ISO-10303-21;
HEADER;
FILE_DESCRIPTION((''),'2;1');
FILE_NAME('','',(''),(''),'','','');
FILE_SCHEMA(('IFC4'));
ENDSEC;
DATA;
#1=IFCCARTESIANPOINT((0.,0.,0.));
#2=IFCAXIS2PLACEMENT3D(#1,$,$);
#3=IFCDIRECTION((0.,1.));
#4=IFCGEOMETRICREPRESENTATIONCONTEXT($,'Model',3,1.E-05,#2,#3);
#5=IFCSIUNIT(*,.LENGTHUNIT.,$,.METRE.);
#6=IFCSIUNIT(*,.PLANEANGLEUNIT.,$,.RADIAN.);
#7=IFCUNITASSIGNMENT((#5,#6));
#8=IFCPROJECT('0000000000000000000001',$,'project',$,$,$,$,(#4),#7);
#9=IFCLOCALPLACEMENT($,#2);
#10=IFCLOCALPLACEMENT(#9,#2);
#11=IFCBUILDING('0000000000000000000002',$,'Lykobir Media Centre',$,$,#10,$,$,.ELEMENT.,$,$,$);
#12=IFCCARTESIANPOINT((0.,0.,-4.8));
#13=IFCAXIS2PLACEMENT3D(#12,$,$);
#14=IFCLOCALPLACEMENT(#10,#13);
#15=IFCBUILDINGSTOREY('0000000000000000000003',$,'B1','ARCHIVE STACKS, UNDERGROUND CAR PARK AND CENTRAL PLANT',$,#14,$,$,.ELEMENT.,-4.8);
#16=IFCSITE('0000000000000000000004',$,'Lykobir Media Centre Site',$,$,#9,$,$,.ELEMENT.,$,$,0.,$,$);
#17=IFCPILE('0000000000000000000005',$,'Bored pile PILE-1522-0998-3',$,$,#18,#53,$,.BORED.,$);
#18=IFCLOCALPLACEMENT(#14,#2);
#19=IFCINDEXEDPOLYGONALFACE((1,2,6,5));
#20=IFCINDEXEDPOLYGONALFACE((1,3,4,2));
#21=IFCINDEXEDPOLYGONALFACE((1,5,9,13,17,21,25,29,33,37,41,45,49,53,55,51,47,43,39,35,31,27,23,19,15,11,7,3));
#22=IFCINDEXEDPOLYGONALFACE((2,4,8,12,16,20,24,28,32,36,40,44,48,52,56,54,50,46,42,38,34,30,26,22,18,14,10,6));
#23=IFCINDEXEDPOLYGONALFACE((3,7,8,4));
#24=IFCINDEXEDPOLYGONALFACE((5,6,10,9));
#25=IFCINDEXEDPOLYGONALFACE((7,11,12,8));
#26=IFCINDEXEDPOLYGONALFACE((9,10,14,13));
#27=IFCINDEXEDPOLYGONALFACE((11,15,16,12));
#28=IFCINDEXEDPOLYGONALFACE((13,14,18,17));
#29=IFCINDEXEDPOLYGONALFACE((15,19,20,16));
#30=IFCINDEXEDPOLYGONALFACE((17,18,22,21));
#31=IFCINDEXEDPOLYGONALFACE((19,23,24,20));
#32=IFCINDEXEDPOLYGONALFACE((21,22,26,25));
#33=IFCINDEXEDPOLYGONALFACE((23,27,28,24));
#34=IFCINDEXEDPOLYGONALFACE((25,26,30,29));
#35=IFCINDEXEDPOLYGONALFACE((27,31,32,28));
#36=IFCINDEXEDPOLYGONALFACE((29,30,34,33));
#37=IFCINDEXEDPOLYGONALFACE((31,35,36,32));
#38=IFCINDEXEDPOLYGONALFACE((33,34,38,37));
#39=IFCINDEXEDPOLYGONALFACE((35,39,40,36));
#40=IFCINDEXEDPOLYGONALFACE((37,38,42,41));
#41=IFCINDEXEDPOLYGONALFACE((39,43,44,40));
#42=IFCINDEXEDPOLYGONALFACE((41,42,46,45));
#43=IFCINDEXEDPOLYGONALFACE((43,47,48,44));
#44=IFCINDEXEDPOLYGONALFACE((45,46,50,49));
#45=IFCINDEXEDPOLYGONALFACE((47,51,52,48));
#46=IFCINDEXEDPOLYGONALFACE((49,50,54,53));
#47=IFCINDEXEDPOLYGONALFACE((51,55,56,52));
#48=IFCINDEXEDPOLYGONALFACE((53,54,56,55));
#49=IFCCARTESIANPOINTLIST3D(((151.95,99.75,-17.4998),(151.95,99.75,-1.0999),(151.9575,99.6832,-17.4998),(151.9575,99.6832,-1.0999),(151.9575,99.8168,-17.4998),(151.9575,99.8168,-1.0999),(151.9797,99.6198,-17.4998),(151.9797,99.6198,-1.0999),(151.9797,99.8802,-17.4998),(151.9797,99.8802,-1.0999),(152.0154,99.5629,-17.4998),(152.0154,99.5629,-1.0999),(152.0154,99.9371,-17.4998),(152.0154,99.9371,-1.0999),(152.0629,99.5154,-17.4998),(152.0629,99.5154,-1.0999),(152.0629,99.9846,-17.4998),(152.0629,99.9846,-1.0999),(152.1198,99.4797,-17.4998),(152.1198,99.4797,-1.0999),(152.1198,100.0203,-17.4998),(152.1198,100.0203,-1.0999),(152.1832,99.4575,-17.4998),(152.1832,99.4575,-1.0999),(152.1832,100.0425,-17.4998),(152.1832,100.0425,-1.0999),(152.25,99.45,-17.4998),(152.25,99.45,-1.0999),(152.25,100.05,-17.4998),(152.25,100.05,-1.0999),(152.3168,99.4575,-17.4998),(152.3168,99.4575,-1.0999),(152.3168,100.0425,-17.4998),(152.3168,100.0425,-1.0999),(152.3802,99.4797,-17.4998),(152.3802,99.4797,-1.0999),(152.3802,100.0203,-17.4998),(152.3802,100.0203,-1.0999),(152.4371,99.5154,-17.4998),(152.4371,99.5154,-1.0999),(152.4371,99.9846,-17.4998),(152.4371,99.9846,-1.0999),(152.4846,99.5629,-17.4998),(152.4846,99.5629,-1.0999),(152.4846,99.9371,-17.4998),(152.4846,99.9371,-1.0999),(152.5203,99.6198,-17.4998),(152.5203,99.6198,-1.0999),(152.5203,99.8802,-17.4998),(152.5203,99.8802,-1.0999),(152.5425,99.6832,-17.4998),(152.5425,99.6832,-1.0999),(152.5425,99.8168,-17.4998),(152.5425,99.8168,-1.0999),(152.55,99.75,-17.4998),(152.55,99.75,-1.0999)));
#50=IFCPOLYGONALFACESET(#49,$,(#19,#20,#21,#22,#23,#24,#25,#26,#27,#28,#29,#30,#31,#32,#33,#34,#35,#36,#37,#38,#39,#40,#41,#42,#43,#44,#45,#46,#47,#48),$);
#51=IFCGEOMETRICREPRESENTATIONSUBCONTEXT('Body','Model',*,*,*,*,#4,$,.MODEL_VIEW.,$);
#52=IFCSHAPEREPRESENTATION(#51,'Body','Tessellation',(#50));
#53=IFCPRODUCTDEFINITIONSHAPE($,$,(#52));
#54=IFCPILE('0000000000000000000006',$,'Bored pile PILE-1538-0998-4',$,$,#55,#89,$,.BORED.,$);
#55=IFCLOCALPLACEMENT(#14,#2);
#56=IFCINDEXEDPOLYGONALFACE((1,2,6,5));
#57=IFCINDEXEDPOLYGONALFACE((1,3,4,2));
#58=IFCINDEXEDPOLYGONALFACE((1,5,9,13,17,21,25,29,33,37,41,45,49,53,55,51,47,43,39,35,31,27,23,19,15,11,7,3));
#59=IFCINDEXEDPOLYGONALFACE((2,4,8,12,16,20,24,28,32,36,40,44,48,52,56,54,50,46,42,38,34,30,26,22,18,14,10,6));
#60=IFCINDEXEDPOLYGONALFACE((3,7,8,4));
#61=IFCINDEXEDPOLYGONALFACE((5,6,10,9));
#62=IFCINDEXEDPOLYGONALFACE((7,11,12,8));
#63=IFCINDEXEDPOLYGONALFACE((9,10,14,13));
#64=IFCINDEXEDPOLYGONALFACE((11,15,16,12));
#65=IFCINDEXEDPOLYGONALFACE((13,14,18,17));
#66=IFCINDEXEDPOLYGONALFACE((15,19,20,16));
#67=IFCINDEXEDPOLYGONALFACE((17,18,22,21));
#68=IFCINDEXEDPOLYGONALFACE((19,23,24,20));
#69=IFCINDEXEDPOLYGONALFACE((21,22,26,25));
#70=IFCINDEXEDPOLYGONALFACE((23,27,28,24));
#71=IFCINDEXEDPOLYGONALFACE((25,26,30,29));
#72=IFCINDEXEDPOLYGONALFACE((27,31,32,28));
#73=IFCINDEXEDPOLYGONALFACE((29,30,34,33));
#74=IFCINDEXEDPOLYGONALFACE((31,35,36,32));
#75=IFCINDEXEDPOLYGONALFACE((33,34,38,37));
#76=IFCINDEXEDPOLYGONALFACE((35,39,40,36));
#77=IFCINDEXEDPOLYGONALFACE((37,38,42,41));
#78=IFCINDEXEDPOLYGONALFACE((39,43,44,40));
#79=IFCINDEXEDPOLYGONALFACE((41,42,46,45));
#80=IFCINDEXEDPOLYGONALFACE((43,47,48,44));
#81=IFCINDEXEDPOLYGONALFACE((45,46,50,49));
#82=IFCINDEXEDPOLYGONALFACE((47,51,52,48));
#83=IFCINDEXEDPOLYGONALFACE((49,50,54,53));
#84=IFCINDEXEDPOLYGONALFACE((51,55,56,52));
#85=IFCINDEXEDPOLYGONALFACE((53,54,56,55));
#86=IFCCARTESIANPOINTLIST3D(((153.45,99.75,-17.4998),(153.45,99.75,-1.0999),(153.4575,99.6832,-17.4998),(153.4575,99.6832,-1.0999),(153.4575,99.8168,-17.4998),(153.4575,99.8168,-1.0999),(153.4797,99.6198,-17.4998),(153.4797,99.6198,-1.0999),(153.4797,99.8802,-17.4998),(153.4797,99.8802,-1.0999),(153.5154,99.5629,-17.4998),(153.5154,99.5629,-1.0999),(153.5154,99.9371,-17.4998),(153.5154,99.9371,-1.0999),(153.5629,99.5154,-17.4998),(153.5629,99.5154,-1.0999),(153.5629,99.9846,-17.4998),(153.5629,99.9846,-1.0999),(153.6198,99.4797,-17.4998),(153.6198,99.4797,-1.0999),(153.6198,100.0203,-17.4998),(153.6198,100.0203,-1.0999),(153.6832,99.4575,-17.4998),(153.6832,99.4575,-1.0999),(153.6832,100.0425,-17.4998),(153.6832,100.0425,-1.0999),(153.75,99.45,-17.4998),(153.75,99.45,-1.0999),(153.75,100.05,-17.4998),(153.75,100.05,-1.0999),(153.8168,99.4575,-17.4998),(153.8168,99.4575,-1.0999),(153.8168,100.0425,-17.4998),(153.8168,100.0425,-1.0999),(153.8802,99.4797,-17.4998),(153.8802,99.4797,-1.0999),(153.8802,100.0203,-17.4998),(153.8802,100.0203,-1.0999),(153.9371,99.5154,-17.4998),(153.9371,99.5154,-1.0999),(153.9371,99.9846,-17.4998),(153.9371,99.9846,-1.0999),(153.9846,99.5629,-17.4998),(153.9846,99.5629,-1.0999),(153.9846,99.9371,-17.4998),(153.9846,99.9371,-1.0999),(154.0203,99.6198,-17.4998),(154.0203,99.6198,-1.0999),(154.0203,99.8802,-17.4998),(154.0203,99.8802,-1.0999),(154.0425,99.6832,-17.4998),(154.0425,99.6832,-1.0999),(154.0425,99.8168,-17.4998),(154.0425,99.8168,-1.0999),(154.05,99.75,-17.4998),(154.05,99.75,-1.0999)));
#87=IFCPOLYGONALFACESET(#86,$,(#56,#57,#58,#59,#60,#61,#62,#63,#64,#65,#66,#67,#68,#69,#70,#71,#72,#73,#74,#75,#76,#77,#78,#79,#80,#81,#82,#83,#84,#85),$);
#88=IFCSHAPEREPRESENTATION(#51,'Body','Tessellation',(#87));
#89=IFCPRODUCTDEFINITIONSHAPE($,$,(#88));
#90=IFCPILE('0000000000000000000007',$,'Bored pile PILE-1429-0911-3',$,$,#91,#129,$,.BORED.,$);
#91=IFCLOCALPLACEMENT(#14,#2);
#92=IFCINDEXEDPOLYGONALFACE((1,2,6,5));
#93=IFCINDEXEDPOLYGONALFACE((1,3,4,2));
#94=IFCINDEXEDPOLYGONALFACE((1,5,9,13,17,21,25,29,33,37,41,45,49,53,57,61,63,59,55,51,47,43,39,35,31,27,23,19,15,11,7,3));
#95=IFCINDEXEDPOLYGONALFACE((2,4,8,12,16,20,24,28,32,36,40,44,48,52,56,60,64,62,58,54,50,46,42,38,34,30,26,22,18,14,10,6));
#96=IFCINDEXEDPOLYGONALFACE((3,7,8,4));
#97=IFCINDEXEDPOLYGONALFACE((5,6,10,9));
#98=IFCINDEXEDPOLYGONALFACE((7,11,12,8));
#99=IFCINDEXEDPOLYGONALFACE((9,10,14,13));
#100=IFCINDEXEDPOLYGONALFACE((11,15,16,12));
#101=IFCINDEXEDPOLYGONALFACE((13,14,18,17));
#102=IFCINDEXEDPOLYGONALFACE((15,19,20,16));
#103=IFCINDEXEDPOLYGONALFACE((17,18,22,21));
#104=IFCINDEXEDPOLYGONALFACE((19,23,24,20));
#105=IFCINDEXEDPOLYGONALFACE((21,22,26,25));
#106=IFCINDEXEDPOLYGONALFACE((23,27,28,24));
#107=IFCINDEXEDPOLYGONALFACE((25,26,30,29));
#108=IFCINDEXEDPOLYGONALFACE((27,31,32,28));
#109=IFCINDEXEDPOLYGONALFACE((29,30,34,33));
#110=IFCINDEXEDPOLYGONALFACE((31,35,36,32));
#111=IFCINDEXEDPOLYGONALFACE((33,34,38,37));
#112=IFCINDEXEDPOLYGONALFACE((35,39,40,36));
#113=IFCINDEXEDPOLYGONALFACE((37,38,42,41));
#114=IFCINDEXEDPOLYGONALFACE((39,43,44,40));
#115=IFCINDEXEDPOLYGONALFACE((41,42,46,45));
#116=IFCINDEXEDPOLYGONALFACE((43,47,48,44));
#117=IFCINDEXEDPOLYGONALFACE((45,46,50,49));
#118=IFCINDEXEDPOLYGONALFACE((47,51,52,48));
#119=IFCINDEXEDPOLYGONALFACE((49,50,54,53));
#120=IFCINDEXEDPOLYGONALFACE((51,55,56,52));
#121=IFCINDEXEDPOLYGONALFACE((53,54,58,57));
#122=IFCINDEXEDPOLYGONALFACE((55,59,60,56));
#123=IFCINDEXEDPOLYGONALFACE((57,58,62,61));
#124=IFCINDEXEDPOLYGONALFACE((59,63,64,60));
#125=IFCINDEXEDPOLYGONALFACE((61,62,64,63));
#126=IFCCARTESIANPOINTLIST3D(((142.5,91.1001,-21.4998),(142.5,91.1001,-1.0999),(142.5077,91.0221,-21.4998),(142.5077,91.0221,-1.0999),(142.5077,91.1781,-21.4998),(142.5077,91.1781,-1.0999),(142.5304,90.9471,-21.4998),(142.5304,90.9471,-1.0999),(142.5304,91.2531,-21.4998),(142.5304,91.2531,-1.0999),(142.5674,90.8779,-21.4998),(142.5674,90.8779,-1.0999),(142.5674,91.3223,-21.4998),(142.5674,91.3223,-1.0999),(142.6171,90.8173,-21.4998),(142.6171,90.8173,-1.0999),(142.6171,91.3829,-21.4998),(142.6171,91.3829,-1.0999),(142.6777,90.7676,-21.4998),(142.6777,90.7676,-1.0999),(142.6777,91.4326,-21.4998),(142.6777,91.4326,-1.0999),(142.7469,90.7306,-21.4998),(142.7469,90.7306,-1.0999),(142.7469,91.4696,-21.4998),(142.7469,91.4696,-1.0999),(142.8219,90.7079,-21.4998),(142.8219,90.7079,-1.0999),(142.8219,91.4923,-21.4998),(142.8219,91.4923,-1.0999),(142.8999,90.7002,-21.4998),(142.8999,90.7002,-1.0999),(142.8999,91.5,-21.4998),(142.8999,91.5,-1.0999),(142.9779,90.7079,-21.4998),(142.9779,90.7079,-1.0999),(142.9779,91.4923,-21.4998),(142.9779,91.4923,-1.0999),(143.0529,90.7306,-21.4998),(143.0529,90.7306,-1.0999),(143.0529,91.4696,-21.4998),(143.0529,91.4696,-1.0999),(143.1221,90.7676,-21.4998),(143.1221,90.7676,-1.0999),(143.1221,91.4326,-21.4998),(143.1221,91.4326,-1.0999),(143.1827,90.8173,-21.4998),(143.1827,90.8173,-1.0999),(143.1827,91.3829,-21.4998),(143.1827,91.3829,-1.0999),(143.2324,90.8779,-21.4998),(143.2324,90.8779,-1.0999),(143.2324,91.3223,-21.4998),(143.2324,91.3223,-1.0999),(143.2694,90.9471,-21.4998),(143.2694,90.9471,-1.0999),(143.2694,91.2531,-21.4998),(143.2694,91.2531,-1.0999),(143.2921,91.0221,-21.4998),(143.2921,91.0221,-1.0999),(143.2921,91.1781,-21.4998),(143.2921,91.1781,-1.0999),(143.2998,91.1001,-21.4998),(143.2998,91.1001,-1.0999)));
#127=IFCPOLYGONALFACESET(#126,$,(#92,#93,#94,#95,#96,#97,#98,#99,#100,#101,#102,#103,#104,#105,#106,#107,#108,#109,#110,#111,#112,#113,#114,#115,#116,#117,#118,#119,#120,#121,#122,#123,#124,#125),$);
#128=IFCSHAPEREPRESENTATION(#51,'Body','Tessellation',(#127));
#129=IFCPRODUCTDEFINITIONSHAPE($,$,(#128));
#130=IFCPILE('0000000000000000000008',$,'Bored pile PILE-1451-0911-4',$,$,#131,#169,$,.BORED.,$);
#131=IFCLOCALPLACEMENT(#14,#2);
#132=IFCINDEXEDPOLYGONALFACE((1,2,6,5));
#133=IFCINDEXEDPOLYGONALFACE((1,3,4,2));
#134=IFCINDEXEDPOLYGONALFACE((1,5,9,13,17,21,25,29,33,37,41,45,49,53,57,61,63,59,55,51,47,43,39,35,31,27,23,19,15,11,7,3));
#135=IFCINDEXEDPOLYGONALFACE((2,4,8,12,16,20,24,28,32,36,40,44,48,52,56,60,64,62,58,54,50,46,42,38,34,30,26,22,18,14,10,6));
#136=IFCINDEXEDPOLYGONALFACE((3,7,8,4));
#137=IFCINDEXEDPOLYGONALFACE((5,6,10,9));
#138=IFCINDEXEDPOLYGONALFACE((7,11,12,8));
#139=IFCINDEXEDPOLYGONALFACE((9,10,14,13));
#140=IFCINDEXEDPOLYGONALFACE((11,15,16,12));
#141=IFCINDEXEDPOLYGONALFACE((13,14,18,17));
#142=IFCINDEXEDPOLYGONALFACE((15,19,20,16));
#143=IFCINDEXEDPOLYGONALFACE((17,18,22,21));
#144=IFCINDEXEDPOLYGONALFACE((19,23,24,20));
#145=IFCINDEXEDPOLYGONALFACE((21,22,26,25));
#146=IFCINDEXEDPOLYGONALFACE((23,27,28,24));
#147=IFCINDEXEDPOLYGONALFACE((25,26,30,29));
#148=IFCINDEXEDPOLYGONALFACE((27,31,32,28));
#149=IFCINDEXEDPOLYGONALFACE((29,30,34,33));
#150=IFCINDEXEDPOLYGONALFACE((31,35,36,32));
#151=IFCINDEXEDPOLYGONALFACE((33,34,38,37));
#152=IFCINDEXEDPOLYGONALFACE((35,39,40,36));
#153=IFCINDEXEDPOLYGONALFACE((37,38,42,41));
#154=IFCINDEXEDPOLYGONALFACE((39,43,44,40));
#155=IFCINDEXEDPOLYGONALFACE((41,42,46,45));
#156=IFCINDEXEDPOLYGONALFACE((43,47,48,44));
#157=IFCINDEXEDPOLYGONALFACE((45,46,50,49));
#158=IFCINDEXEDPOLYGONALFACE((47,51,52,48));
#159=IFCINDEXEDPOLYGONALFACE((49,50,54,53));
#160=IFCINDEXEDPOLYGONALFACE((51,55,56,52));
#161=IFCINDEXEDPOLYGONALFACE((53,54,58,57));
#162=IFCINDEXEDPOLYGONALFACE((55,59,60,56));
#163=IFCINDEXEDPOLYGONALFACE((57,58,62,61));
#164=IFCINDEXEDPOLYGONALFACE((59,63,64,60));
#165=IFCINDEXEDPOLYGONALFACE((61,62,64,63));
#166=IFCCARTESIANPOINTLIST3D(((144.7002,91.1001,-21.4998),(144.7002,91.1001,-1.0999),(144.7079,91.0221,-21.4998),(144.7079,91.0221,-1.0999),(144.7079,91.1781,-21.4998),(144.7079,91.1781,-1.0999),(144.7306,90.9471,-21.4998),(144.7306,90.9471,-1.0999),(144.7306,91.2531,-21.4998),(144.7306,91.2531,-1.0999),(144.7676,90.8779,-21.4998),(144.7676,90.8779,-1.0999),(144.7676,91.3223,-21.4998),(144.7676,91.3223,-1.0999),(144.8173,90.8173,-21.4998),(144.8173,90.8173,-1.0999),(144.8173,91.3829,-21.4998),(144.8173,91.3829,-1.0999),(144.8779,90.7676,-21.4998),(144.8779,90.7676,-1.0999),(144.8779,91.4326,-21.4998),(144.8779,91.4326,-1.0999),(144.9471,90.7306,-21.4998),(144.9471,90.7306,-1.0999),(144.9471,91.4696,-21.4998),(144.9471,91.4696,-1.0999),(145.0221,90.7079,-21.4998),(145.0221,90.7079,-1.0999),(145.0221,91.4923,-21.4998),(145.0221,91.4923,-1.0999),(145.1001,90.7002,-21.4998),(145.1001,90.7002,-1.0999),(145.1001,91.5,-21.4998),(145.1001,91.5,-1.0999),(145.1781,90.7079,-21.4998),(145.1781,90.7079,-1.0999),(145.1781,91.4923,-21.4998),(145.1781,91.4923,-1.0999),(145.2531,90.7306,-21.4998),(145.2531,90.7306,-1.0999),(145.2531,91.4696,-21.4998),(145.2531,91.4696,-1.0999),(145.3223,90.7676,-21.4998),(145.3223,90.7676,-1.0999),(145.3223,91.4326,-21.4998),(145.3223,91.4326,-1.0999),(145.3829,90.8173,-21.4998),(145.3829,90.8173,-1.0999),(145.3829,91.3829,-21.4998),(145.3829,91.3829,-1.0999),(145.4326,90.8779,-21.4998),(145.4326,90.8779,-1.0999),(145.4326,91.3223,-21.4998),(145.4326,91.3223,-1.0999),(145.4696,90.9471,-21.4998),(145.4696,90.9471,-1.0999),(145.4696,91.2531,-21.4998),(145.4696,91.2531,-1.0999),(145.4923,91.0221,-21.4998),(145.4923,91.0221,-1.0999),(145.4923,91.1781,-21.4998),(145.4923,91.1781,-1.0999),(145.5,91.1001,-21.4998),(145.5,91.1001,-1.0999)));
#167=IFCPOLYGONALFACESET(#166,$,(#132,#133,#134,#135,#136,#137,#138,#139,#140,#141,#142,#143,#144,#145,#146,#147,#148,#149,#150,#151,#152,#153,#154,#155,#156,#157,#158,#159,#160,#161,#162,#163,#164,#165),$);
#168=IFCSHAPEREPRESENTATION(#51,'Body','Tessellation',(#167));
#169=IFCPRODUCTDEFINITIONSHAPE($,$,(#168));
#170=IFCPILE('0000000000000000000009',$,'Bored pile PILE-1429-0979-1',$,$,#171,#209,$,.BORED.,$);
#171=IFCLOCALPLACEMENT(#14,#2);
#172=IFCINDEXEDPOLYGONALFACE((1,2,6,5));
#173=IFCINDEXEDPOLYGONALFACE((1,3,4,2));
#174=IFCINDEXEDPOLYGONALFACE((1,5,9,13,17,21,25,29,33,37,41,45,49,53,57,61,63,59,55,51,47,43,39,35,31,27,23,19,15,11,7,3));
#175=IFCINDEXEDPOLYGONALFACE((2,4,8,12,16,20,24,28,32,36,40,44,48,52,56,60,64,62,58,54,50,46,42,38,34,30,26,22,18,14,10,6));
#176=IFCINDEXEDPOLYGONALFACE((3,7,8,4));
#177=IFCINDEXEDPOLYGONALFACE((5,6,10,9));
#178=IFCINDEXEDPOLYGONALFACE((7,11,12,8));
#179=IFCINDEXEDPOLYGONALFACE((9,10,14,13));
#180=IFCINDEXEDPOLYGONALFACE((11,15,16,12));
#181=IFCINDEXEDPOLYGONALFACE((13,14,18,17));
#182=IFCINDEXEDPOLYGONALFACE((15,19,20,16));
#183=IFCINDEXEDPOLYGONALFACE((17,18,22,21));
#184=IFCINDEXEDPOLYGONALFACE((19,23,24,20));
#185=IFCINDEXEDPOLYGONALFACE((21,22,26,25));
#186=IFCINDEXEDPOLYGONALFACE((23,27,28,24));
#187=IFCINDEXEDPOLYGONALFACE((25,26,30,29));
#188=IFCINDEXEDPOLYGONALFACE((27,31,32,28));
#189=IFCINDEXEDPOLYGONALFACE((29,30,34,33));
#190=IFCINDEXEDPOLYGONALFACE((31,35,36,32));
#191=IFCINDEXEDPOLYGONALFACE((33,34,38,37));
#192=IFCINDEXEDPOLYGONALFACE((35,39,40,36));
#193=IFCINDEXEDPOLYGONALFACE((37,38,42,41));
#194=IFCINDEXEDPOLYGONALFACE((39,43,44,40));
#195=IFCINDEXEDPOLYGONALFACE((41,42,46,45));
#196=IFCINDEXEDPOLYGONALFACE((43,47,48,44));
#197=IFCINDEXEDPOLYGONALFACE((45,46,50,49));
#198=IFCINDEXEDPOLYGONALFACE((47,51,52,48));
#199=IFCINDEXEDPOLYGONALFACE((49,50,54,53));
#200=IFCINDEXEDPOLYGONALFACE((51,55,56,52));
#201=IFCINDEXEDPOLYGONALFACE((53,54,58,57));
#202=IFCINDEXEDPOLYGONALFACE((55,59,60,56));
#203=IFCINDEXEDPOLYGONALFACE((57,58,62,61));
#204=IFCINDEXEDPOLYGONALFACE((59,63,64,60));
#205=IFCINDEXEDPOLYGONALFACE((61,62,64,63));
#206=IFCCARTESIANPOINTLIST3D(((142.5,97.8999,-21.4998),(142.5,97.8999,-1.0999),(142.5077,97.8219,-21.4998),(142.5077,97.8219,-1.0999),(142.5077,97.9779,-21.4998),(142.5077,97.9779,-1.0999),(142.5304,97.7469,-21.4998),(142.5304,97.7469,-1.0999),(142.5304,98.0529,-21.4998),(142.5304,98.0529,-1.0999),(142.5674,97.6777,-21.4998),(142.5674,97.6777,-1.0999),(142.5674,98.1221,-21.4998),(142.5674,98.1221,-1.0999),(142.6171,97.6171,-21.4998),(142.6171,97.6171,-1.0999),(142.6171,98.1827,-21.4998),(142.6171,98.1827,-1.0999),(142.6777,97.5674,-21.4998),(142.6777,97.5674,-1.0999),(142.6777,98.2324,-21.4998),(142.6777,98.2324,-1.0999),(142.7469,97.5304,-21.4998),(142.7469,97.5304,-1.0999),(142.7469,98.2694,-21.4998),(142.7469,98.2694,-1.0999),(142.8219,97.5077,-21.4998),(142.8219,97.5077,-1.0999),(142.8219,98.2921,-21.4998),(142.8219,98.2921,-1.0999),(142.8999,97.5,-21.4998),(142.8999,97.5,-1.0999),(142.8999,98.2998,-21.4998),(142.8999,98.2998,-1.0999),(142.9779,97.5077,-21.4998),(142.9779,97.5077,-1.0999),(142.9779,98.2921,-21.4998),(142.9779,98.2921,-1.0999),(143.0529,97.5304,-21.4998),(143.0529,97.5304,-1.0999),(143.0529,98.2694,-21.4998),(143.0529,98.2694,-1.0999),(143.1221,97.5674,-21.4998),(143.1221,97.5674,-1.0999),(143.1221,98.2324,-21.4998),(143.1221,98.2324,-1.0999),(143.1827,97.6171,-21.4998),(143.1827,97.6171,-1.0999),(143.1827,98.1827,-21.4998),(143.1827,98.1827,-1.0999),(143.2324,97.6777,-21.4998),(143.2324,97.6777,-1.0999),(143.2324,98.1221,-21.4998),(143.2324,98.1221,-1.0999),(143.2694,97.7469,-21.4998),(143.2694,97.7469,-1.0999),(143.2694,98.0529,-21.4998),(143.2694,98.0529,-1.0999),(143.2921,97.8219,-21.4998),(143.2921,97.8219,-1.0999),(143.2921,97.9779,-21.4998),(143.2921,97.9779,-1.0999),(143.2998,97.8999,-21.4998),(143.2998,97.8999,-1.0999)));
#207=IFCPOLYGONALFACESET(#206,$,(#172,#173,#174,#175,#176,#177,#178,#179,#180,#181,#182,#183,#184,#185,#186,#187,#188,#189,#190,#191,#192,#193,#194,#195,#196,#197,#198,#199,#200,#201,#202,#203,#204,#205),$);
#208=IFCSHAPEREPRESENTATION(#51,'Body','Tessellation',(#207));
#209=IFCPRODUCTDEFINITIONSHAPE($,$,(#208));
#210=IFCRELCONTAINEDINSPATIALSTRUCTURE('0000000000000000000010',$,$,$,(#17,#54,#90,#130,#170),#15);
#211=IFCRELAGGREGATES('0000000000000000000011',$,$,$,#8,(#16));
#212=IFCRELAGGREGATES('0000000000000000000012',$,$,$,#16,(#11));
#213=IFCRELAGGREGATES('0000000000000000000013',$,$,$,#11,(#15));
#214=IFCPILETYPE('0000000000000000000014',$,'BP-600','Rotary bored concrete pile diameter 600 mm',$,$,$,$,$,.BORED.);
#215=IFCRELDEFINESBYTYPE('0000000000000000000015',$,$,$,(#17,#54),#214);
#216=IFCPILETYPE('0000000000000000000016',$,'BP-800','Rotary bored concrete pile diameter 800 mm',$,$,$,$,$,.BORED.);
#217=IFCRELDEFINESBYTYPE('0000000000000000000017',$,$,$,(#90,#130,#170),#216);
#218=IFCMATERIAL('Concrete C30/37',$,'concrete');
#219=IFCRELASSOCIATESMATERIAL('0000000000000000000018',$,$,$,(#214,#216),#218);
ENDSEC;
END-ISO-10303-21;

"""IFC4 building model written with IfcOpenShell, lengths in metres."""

from ifc_helpers import new_model, si_unit, direction, frame, origin, origin_2d, place, context, subcontext, project, spatial, circle, extrude, material, material_profile, profile_set, type_object, element, save


model = new_model("IFC4")

# Units and contexts
model_context = context("Model", 3, precision=1e-05, world=origin(), true_north=direction((0.0, 1.0)))
body_context = subcontext(model_context, "Body", "Model", "MODEL_VIEW")
ifc_project = project(units=[si_unit("LENGTHUNIT", "METRE"), si_unit("PLANEANGLEUNIT", "RADIAN")], contexts=[model_context])

# Site, building, storey
site_placement = place(None, origin())
site = spatial("IfcSite", under=ifc_project, at=site_placement, Name="Lykobir Media Centre Site", CompositionType="ELEMENT", RefElevation=0.0)
building_placement = place(site_placement, origin())
building = spatial("IfcBuilding", under=site, at=building_placement, Name="Lykobir Media Centre", CompositionType="ELEMENT")
storey_placement = place(building_placement, frame((0.0, 0.0, -4.8)))
storey = spatial("IfcBuildingStorey", under=building, at=storey_placement, Name="B1", Description="ARCHIVE STACKS, UNDERGROUND CAR PARK AND CENTRAL PLANT", CompositionType="ELEMENT", Elevation=-4.8)

# Piles
ifc_material_1 = material(Name="Concrete C30/37", Category="concrete")
ifc_material_profile_1 = material_profile(ifc_material_1, circle(Radius=0.3, at=origin_2d()), Name="BORED PILE D600")
ifc_profile_set_1 = profile_set([ifc_material_profile_1], Name="Concrete C30/37")
pile_type_1 = type_object("IfcPileType", Name="BP-600", Description="Rotary bored concrete pile diameter 600 mm", PredefinedType="BORED", material=ifc_profile_set_1)
for number, where, z_axis, x_axis, name in (
    (1, (152.25, 99.75, -1.0999), (0.0, 0.0, -1.0), (1.0, 0.0, 0.0), "Bored pile PILE-1522-0998-3"),
    (2, (153.75, 99.75, -1.0999), (0.0, 0.0, -1.0), (1.0, 0.0, 0.0), "Bored pile PILE-1538-0998-4"),
):
    element("IfcPile", number, at=place(storey_placement, frame(where, z_axis=z_axis, x_axis=x_axis)), inside=storey, type_object=pile_type_1, Name=name, PredefinedType="BORED", context=body_context, shape_type="SweptSolid", body=[
        extrude(circle(Radius=0.3, at=origin_2d()), origin(), (0.0, 0.0, 1.0), 16.3999),
    ])
ifc_material_profile_2 = material_profile(ifc_material_1, circle(Radius=0.3999, at=origin_2d()), Name="BORED PILE D800")
ifc_profile_set_2 = profile_set([ifc_material_profile_2], Name="Concrete C30/37")
pile_type_2 = type_object("IfcPileType", Name="BP-800", Description="Rotary bored concrete pile diameter 800 mm", PredefinedType="BORED", material=ifc_profile_set_2)
for number, where, z_axis, x_axis, name in (
    (3, (142.8999, 91.1001, -1.0999), (0.0, 0.0, -1.0), (1.0, 0.0, 0.0), "Bored pile PILE-1429-0911-3"),
    (4, (145.1001, 91.1001, -1.0999), (0.0, 0.0, -1.0), (1.0, 0.0, 0.0), "Bored pile PILE-1451-0911-4"),
    (5, (142.8999, 97.8999, -1.0999), (0.0, 0.0, -1.0), (1.0, 0.0, 0.0), "Bored pile PILE-1429-0979-1"),
):
    element("IfcPile", number, at=place(storey_placement, frame(where, z_axis=z_axis, x_axis=x_axis)), inside=storey, type_object=pile_type_2, Name=name, PredefinedType="BORED", context=body_context, shape_type="SweptSolid", body=[
        extrude(circle(Radius=0.3999, at=origin_2d()), origin(), (0.0, 0.0, 1.0), 20.3999),
    ])

save(model, "model.ifc")
